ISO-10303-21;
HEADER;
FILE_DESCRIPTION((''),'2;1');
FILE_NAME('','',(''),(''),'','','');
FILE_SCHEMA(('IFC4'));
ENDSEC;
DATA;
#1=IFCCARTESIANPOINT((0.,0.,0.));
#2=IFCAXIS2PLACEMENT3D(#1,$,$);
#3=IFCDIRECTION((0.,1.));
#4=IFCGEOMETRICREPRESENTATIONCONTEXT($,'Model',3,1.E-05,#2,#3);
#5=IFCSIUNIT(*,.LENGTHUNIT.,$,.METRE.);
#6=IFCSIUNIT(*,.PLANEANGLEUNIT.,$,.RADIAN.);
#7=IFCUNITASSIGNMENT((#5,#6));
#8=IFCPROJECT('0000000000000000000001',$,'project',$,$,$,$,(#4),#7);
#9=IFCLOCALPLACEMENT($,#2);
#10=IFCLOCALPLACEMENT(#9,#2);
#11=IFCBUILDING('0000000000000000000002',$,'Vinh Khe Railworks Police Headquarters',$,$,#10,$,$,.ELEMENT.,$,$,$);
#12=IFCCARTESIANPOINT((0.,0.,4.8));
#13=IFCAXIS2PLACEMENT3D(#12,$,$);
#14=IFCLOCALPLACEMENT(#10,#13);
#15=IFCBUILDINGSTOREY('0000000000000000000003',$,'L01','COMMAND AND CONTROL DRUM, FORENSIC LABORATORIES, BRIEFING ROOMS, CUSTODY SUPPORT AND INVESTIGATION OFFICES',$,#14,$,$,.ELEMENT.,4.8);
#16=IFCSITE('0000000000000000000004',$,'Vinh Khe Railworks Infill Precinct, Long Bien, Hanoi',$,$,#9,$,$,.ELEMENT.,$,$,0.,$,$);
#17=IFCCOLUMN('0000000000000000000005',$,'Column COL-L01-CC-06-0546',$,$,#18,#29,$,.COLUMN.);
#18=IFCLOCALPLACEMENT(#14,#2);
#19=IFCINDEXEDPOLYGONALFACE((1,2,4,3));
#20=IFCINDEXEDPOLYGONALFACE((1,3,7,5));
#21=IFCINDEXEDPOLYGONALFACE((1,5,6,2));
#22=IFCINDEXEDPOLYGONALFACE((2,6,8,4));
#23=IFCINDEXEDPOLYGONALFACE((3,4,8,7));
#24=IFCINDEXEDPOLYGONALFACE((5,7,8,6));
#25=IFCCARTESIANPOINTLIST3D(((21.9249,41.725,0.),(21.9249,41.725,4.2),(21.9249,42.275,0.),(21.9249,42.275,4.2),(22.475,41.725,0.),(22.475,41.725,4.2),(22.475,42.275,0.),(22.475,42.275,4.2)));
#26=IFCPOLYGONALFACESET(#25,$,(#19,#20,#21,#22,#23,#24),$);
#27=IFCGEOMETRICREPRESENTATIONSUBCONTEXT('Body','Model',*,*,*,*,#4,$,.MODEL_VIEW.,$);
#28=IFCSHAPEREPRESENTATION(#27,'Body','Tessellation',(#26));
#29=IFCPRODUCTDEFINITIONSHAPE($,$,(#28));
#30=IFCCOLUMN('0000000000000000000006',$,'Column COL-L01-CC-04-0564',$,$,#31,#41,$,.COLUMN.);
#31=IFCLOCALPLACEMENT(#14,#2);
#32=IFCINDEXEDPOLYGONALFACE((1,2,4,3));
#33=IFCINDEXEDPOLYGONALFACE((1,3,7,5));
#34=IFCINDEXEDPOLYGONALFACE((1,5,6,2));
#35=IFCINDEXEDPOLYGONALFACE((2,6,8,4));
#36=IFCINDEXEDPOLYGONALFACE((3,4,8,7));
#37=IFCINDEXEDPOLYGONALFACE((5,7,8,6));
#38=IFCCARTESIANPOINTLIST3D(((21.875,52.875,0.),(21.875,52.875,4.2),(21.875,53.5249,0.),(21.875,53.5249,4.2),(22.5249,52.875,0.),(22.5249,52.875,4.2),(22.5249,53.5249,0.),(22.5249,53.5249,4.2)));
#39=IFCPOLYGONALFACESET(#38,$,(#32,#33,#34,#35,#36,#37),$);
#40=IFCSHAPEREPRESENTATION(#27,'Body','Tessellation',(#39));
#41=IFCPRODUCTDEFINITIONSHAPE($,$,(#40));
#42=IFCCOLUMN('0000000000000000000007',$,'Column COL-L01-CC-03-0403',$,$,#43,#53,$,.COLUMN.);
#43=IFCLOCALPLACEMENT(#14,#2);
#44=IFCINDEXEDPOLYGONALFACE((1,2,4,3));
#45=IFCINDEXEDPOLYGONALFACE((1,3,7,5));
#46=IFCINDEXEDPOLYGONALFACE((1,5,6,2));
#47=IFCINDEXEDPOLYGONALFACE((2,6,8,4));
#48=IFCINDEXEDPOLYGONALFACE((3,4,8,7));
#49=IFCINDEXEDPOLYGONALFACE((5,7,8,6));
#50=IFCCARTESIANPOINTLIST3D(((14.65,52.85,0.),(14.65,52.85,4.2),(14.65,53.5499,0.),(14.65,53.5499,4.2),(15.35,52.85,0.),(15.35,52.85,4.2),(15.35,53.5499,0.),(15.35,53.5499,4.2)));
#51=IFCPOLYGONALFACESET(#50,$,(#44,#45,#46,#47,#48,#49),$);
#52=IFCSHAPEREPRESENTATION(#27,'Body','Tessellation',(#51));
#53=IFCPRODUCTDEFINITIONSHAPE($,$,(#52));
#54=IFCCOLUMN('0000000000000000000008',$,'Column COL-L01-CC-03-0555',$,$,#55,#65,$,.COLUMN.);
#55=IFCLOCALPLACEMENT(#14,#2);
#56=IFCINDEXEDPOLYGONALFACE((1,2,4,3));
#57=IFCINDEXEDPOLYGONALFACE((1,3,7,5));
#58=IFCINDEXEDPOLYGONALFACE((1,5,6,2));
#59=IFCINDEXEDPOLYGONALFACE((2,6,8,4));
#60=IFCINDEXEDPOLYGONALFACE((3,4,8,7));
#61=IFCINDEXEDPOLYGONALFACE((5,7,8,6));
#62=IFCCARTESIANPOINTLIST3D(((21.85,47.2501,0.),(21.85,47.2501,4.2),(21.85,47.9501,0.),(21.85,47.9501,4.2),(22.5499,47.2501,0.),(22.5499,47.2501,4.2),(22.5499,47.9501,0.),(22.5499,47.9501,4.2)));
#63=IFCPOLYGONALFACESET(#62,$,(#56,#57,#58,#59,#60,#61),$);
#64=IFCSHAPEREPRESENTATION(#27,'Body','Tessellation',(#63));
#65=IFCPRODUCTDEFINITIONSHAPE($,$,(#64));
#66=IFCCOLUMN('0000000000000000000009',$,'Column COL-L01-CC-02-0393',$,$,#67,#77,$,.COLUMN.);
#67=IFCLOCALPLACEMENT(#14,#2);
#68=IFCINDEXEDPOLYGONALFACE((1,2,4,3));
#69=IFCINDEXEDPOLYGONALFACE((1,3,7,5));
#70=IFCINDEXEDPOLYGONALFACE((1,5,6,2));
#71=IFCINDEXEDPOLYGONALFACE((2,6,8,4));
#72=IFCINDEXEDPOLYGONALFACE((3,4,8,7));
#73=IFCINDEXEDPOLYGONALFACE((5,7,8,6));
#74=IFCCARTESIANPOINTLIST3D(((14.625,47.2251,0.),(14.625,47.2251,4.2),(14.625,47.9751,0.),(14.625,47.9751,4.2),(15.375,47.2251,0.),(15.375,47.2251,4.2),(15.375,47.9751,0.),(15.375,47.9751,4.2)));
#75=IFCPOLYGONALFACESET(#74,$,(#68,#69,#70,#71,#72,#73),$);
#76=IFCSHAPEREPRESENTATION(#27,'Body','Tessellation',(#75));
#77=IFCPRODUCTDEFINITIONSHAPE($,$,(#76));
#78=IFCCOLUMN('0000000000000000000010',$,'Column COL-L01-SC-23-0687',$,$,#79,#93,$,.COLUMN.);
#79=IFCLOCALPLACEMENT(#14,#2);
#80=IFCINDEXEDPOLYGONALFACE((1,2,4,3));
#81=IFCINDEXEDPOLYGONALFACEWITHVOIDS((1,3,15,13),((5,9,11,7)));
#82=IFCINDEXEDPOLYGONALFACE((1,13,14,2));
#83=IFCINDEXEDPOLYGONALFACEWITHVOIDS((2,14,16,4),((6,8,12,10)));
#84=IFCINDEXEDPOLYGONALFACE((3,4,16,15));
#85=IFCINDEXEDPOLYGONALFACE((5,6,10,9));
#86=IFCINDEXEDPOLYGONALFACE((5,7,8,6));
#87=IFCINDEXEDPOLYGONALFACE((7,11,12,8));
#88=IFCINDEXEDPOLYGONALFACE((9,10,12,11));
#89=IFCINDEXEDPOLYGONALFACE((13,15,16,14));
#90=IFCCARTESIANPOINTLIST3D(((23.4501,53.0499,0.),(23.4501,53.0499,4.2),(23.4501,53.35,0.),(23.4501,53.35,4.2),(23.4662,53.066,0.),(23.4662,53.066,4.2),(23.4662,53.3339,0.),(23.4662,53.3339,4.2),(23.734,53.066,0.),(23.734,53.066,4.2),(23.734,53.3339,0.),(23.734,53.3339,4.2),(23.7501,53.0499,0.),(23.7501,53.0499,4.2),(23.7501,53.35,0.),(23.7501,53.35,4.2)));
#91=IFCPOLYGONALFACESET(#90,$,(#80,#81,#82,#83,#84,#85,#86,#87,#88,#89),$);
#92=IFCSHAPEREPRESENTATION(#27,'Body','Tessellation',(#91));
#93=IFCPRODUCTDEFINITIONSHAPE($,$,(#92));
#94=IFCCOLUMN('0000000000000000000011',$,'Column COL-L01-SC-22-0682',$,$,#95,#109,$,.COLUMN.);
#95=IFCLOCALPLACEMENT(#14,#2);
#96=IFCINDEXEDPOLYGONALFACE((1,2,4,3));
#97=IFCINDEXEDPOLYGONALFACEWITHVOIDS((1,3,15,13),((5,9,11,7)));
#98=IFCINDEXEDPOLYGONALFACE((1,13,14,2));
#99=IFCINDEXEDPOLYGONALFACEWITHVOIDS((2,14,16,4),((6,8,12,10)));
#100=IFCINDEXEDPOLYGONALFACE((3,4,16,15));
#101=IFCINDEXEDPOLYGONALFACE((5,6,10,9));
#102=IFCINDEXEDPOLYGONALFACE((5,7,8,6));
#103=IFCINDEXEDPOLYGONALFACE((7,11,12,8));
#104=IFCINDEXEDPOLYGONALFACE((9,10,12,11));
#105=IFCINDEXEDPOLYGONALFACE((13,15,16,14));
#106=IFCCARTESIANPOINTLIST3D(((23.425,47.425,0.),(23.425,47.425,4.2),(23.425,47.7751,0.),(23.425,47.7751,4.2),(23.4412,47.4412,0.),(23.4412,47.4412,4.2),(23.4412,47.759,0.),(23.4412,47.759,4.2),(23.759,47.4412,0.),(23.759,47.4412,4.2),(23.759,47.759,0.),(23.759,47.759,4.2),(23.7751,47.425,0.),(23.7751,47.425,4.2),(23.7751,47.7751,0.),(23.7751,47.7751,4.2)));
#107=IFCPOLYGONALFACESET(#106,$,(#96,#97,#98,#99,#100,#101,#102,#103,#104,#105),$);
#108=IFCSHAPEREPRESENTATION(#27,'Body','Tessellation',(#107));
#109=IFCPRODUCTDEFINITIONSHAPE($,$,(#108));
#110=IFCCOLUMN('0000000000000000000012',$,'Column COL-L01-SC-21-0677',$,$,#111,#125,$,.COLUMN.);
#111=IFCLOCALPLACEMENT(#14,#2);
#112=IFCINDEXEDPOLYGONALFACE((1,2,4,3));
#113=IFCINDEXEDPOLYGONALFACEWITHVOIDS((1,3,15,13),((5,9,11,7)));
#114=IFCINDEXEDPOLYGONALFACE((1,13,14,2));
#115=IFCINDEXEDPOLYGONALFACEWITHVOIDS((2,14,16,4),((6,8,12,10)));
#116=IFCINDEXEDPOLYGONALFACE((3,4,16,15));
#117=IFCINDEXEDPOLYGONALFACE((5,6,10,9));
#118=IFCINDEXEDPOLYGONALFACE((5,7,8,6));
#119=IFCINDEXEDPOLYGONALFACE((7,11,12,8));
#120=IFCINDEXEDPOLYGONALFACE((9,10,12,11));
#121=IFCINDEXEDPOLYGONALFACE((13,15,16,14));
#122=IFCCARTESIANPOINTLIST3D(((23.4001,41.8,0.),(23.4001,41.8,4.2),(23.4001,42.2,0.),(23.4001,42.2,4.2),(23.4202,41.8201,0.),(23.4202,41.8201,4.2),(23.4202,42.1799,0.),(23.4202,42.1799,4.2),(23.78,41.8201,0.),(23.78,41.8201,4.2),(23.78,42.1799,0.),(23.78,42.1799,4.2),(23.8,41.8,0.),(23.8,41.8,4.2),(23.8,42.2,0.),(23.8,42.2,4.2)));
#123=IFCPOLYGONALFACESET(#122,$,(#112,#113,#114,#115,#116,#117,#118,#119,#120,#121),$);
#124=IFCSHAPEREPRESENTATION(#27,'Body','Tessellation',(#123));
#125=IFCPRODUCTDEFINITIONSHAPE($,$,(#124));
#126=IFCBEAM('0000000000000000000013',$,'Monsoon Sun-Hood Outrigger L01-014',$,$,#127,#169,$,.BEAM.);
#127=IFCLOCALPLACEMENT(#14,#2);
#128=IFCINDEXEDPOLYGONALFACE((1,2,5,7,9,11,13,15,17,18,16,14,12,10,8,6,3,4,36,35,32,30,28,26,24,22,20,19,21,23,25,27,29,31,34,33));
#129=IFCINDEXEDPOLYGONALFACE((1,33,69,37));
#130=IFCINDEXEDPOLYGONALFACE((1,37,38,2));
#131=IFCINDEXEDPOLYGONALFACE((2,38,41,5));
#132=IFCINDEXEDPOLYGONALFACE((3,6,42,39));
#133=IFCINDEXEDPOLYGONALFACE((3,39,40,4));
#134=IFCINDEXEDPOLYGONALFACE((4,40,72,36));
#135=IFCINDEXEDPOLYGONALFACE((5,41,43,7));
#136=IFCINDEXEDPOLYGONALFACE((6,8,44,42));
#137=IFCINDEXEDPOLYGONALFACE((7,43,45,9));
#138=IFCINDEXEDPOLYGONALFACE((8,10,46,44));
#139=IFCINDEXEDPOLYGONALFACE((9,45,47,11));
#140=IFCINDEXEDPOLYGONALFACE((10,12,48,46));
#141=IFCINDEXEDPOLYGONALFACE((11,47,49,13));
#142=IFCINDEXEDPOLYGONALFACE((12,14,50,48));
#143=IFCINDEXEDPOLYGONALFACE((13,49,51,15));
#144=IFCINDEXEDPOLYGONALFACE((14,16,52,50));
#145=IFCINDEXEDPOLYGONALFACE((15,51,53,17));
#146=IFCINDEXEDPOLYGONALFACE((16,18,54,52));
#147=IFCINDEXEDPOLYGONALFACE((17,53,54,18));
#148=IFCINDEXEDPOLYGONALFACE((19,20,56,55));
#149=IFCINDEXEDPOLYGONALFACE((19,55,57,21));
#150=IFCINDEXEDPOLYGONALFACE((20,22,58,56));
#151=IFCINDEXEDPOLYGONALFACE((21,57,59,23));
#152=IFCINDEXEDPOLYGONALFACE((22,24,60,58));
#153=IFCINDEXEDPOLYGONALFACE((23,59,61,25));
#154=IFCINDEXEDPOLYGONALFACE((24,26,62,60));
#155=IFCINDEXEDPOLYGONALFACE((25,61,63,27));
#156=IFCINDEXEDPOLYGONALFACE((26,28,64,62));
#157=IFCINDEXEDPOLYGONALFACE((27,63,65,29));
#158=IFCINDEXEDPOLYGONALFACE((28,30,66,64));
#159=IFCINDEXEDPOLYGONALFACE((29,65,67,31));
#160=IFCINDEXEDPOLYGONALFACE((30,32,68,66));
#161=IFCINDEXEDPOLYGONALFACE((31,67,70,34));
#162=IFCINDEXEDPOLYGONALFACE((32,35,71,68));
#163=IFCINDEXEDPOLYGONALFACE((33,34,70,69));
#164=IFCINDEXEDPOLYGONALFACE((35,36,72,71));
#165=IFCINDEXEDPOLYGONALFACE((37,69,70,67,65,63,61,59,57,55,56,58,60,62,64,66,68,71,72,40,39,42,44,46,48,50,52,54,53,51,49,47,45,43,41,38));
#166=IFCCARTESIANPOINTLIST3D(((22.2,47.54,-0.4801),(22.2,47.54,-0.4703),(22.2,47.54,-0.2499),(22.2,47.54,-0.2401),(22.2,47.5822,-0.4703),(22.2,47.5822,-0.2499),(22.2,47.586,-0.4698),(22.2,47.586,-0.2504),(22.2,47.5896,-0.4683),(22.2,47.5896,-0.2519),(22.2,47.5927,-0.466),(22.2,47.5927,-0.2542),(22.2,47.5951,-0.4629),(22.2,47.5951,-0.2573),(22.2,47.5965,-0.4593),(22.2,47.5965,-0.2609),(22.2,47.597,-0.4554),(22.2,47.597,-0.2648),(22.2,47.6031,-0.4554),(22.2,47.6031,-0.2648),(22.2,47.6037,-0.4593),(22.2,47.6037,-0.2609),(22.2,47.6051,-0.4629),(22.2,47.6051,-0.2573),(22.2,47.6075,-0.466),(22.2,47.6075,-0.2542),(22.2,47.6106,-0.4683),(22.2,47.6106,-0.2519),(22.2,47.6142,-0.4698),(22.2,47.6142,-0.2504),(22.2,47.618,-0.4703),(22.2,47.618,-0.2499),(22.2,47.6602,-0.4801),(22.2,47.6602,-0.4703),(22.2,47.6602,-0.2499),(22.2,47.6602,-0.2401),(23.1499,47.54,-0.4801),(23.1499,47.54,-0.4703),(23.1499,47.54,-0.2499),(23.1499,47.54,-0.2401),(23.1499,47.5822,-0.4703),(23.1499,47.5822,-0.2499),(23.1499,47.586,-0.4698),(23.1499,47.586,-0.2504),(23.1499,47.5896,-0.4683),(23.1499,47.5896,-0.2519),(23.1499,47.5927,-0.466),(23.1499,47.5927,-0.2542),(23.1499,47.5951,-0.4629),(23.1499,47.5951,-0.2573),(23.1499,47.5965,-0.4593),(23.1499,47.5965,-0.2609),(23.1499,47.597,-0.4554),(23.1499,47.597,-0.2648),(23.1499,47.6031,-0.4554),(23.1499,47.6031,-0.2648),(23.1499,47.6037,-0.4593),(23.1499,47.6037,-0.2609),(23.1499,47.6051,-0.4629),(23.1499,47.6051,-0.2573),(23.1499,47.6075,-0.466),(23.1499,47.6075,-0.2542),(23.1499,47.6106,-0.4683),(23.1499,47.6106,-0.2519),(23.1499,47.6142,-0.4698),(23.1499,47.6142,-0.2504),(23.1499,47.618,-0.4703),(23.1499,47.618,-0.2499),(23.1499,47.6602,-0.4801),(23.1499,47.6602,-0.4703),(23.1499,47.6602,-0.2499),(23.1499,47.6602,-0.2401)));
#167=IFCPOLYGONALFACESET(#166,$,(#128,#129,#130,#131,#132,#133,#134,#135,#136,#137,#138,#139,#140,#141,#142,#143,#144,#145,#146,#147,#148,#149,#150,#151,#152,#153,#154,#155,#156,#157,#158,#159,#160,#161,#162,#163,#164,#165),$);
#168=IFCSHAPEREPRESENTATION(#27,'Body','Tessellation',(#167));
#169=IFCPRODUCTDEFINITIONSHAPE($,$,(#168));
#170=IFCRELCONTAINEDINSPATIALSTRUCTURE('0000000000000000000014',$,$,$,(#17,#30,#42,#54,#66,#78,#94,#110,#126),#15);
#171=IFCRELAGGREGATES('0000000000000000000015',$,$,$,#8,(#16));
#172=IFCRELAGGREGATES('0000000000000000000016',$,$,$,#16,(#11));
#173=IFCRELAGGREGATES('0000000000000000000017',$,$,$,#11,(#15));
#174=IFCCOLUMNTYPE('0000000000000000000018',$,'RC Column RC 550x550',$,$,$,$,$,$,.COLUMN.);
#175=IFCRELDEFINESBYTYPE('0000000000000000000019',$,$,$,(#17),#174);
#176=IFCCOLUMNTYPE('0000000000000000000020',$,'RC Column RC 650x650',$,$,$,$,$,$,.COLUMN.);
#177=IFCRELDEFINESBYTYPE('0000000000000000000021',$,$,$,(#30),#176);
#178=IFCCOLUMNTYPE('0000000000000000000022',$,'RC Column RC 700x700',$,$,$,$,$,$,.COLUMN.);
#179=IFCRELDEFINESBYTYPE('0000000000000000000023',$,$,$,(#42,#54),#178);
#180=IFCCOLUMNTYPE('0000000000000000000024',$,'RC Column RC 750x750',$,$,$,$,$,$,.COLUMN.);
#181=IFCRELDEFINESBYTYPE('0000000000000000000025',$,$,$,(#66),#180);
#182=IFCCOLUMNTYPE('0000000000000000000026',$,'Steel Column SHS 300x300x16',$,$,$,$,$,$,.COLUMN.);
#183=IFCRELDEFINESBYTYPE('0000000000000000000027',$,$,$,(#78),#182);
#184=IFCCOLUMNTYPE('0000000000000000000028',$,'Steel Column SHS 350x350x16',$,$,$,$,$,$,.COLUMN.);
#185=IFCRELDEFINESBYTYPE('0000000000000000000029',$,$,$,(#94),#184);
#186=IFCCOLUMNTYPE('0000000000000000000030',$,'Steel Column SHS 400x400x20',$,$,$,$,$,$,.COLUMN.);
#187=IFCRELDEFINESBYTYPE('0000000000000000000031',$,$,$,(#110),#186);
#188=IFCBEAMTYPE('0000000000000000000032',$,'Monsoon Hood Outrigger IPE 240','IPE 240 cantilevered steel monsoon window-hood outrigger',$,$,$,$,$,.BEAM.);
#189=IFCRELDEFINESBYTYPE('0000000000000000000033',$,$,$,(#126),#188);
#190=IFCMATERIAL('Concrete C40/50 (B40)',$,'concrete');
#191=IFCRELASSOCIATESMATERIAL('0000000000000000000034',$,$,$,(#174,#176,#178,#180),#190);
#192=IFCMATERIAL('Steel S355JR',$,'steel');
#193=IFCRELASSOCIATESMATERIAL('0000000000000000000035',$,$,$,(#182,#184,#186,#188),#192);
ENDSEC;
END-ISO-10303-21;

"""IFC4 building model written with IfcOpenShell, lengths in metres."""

from ifc_helpers import new_model, si_unit, direction, frame, origin, origin_2d, place, context, subcontext, project, spatial, rectangle, hollow_rectangle, i_section, extrude, material, material_profile, profile_set, type_object, element, save


model = new_model("IFC4")

# Units and contexts
model_context = context("Model", 3, precision=1e-05, world=origin(), true_north=direction((0.0, 1.0)))
body_context = subcontext(model_context, "Body", "Model", "MODEL_VIEW")
ifc_project = project(units=[si_unit("LENGTHUNIT", "METRE"), si_unit("PLANEANGLEUNIT", "RADIAN")], contexts=[model_context])

# Site, building, storey
site_placement = place(None, origin())
site = spatial("IfcSite", under=ifc_project, at=site_placement, Name="Vinh Khe Railworks Infill Precinct, Long Bien, Hanoi", CompositionType="ELEMENT", RefElevation=0.0)
building_placement = place(site_placement, origin())
building = spatial("IfcBuilding", under=site, at=building_placement, Name="Vinh Khe Railworks Police Headquarters", CompositionType="ELEMENT")
storey_placement = place(building_placement, frame((0.0, 0.0, 4.8)))
storey = spatial("IfcBuildingStorey", under=building, at=storey_placement, Name="L01", Description="COMMAND AND CONTROL DRUM, FORENSIC LABORATORIES, BRIEFING ROOMS, CUSTODY SUPPORT AND INVESTIGATION OFFICES", CompositionType="ELEMENT", Elevation=4.8)

# Columns
ifc_material_1 = material(Name="Concrete C40/50 (B40)", Category="concrete")
ifc_material_profile_1 = material_profile(ifc_material_1, rectangle(XDim=0.55, YDim=0.55, at=origin_2d()), Name="RC 550x550")
ifc_profile_set_1 = profile_set([ifc_material_profile_1], Name="Concrete C40/50 (B40)")
column_type_1 = type_object("IfcColumnType", Name="RC Column RC 550x550", PredefinedType="COLUMN", material=ifc_profile_set_1)
column_1_placement = place(storey_placement, frame((22.2, 42.0, 0.0), z_axis=(0.0, 0.0, 1.0), x_axis=(1.0, 0.0, 0.0)))
element("IfcColumn", 1, at=column_1_placement, inside=storey, type_object=column_type_1, Name="Column COL-L01-CC-06-0546", PredefinedType="COLUMN", context=body_context, shape_type="SweptSolid", body=[
    extrude(rectangle(XDim=0.55, YDim=0.55, at=origin_2d()), origin(), (0.0, 0.0, 1.0), 4.2),
])
ifc_material_profile_2 = material_profile(ifc_material_1, rectangle(XDim=0.6499, YDim=0.6499, at=origin_2d()), Name="RC 650x650")
ifc_profile_set_2 = profile_set([ifc_material_profile_2], Name="Concrete C40/50 (B40)")
column_type_2 = type_object("IfcColumnType", Name="RC Column RC 650x650", PredefinedType="COLUMN", material=ifc_profile_set_2)
column_2_placement = place(storey_placement, frame((22.2, 53.2, 0.0), z_axis=(0.0, 0.0, 1.0), x_axis=(1.0, 0.0, 0.0)))
element("IfcColumn", 2, at=column_2_placement, inside=storey, type_object=column_type_2, Name="Column COL-L01-CC-04-0564", PredefinedType="COLUMN", context=body_context, shape_type="SweptSolid", body=[
    extrude(rectangle(XDim=0.6499, YDim=0.6499, at=origin_2d()), origin(), (0.0, 0.0, 1.0), 4.2),
])
ifc_material_profile_3 = material_profile(ifc_material_1, rectangle(XDim=0.7, YDim=0.7, at=origin_2d()), Name="RC 700x700")
ifc_profile_set_3 = profile_set([ifc_material_profile_3], Name="Concrete C40/50 (B40)")
column_type_3 = type_object("IfcColumnType", Name="RC Column RC 700x700", PredefinedType="COLUMN", material=ifc_profile_set_3)
for number, where, z_axis, x_axis, name in (
    (3, (15.0, 53.2, 0.0), (0.0, 0.0, 1.0), (1.0, 0.0, 0.0), "Column COL-L01-CC-03-0403"),
    (4, (22.2, 47.6001, 0.0), (0.0, 0.0, 1.0), (1.0, 0.0, 0.0), "Column COL-L01-CC-03-0555"),
):
    element("IfcColumn", number, at=place(storey_placement, frame(where, z_axis=z_axis, x_axis=x_axis)), inside=storey, type_object=column_type_3, Name=name, PredefinedType="COLUMN", context=body_context, shape_type="SweptSolid", body=[
        extrude(rectangle(XDim=0.7, YDim=0.7, at=origin_2d()), origin(), (0.0, 0.0, 1.0), 4.2),
    ])
ifc_material_profile_4 = material_profile(ifc_material_1, rectangle(XDim=0.75, YDim=0.75, at=origin_2d()), Name="RC 750x750")
ifc_profile_set_4 = profile_set([ifc_material_profile_4], Name="Concrete C40/50 (B40)")
column_type_4 = type_object("IfcColumnType", Name="RC Column RC 750x750", PredefinedType="COLUMN", material=ifc_profile_set_4)
column_3_placement = place(storey_placement, frame((15.0, 47.6001, 0.0), z_axis=(0.0, 0.0, 1.0), x_axis=(1.0, 0.0, 0.0)))
element("IfcColumn", 5, at=column_3_placement, inside=storey, type_object=column_type_4, Name="Column COL-L01-CC-02-0393", PredefinedType="COLUMN", context=body_context, shape_type="SweptSolid", body=[
    extrude(rectangle(XDim=0.75, YDim=0.75, at=origin_2d()), origin(), (0.0, 0.0, 1.0), 4.2),
])
ifc_material_2 = material(Name="Steel S355JR", Category="steel")
ifc_material_profile_5 = material_profile(ifc_material_2, hollow_rectangle(XDim=0.3, YDim=0.3, WallThickness=0.0161, at=origin_2d()), Name="SHS 300x300x16")
ifc_profile_set_5 = profile_set([ifc_material_profile_5], Name="Steel S355JR")
column_type_5 = type_object("IfcColumnType", Name="Steel Column SHS 300x300x16", PredefinedType="COLUMN", material=ifc_profile_set_5)
column_4_placement = place(storey_placement, frame((23.6001, 53.2, 0.0), z_axis=(0.0, 0.0, 1.0), x_axis=(1.0, 0.0, 0.0)))
element("IfcColumn", 6, at=column_4_placement, inside=storey, type_object=column_type_5, Name="Column COL-L01-SC-23-0687", PredefinedType="COLUMN", context=body_context, shape_type="SweptSolid", body=[
    extrude(hollow_rectangle(XDim=0.3, YDim=0.3, WallThickness=0.0161, at=origin_2d()), origin(), (0.0, 0.0, 1.0), 4.2),
])
ifc_material_profile_6 = material_profile(ifc_material_2, hollow_rectangle(XDim=0.3501, YDim=0.3501, WallThickness=0.0161, at=origin_2d()), Name="SHS 350x350x16")
ifc_profile_set_6 = profile_set([ifc_material_profile_6], Name="Steel S355JR")
column_type_6 = type_object("IfcColumnType", Name="Steel Column SHS 350x350x16", PredefinedType="COLUMN", material=ifc_profile_set_6)
column_5_placement = place(storey_placement, frame((23.6001, 47.6001, 0.0), z_axis=(0.0, 0.0, 1.0), x_axis=(1.0, 0.0, 0.0)))
element("IfcColumn", 7, at=column_5_placement, inside=storey, type_object=column_type_6, Name="Column COL-L01-SC-22-0682", PredefinedType="COLUMN", context=body_context, shape_type="SweptSolid", body=[
    extrude(hollow_rectangle(XDim=0.3501, YDim=0.3501, WallThickness=0.0161, at=origin_2d()), origin(), (0.0, 0.0, 1.0), 4.2),
])
ifc_material_profile_7 = material_profile(ifc_material_2, hollow_rectangle(XDim=0.3999, YDim=0.3999, WallThickness=0.02, at=origin_2d()), Name="SHS 400x400x20")
ifc_profile_set_7 = profile_set([ifc_material_profile_7], Name="Steel S355JR")
column_type_7 = type_object("IfcColumnType", Name="Steel Column SHS 400x400x20", PredefinedType="COLUMN", material=ifc_profile_set_7)
column_6_placement = place(storey_placement, frame((23.6001, 42.0, 0.0), z_axis=(0.0, 0.0, 1.0), x_axis=(1.0, 0.0, 0.0)))
element("IfcColumn", 8, at=column_6_placement, inside=storey, type_object=column_type_7, Name="Column COL-L01-SC-21-0677", PredefinedType="COLUMN", context=body_context, shape_type="SweptSolid", body=[
    extrude(hollow_rectangle(XDim=0.3999, YDim=0.3999, WallThickness=0.02, at=origin_2d()), origin(), (0.0, 0.0, 1.0), 4.2),
])

# Beam
ifc_material_profile_8 = material_profile(ifc_material_2, i_section(OverallWidth=0.1201, OverallDepth=0.24, WebThickness=0.0061, FlangeThickness=0.0098, FilletRadius=0.0149, at=origin_2d()), Name="IPE 240")
ifc_profile_set_8 = profile_set([ifc_material_profile_8], Name="Steel S355JR")
beam_type_1 = type_object("IfcBeamType", Name="Monsoon Hood Outrigger IPE 240", Description="IPE 240 cantilevered steel monsoon window-hood outrigger", PredefinedType="BEAM", material=ifc_profile_set_8)
beam_1_placement = place(storey_placement, frame((22.2, 47.6001, -0.3601), z_axis=(1.0, 0.0, 0.0), x_axis=(0.0, 1.0, 0.0)))
element("IfcBeam", 9, at=beam_1_placement, inside=storey, type_object=beam_type_1, Name="Monsoon Sun-Hood Outrigger L01-014", PredefinedType="BEAM", context=body_context, shape_type="SweptSolid", body=[
    extrude(i_section(OverallWidth=0.1201, OverallDepth=0.24, WebThickness=0.0061, FlangeThickness=0.0098, FilletRadius=0.0149, at=origin_2d()), origin(), (0.0, 0.0, 1.0), 0.95),
])

save(model, "model.ifc")
